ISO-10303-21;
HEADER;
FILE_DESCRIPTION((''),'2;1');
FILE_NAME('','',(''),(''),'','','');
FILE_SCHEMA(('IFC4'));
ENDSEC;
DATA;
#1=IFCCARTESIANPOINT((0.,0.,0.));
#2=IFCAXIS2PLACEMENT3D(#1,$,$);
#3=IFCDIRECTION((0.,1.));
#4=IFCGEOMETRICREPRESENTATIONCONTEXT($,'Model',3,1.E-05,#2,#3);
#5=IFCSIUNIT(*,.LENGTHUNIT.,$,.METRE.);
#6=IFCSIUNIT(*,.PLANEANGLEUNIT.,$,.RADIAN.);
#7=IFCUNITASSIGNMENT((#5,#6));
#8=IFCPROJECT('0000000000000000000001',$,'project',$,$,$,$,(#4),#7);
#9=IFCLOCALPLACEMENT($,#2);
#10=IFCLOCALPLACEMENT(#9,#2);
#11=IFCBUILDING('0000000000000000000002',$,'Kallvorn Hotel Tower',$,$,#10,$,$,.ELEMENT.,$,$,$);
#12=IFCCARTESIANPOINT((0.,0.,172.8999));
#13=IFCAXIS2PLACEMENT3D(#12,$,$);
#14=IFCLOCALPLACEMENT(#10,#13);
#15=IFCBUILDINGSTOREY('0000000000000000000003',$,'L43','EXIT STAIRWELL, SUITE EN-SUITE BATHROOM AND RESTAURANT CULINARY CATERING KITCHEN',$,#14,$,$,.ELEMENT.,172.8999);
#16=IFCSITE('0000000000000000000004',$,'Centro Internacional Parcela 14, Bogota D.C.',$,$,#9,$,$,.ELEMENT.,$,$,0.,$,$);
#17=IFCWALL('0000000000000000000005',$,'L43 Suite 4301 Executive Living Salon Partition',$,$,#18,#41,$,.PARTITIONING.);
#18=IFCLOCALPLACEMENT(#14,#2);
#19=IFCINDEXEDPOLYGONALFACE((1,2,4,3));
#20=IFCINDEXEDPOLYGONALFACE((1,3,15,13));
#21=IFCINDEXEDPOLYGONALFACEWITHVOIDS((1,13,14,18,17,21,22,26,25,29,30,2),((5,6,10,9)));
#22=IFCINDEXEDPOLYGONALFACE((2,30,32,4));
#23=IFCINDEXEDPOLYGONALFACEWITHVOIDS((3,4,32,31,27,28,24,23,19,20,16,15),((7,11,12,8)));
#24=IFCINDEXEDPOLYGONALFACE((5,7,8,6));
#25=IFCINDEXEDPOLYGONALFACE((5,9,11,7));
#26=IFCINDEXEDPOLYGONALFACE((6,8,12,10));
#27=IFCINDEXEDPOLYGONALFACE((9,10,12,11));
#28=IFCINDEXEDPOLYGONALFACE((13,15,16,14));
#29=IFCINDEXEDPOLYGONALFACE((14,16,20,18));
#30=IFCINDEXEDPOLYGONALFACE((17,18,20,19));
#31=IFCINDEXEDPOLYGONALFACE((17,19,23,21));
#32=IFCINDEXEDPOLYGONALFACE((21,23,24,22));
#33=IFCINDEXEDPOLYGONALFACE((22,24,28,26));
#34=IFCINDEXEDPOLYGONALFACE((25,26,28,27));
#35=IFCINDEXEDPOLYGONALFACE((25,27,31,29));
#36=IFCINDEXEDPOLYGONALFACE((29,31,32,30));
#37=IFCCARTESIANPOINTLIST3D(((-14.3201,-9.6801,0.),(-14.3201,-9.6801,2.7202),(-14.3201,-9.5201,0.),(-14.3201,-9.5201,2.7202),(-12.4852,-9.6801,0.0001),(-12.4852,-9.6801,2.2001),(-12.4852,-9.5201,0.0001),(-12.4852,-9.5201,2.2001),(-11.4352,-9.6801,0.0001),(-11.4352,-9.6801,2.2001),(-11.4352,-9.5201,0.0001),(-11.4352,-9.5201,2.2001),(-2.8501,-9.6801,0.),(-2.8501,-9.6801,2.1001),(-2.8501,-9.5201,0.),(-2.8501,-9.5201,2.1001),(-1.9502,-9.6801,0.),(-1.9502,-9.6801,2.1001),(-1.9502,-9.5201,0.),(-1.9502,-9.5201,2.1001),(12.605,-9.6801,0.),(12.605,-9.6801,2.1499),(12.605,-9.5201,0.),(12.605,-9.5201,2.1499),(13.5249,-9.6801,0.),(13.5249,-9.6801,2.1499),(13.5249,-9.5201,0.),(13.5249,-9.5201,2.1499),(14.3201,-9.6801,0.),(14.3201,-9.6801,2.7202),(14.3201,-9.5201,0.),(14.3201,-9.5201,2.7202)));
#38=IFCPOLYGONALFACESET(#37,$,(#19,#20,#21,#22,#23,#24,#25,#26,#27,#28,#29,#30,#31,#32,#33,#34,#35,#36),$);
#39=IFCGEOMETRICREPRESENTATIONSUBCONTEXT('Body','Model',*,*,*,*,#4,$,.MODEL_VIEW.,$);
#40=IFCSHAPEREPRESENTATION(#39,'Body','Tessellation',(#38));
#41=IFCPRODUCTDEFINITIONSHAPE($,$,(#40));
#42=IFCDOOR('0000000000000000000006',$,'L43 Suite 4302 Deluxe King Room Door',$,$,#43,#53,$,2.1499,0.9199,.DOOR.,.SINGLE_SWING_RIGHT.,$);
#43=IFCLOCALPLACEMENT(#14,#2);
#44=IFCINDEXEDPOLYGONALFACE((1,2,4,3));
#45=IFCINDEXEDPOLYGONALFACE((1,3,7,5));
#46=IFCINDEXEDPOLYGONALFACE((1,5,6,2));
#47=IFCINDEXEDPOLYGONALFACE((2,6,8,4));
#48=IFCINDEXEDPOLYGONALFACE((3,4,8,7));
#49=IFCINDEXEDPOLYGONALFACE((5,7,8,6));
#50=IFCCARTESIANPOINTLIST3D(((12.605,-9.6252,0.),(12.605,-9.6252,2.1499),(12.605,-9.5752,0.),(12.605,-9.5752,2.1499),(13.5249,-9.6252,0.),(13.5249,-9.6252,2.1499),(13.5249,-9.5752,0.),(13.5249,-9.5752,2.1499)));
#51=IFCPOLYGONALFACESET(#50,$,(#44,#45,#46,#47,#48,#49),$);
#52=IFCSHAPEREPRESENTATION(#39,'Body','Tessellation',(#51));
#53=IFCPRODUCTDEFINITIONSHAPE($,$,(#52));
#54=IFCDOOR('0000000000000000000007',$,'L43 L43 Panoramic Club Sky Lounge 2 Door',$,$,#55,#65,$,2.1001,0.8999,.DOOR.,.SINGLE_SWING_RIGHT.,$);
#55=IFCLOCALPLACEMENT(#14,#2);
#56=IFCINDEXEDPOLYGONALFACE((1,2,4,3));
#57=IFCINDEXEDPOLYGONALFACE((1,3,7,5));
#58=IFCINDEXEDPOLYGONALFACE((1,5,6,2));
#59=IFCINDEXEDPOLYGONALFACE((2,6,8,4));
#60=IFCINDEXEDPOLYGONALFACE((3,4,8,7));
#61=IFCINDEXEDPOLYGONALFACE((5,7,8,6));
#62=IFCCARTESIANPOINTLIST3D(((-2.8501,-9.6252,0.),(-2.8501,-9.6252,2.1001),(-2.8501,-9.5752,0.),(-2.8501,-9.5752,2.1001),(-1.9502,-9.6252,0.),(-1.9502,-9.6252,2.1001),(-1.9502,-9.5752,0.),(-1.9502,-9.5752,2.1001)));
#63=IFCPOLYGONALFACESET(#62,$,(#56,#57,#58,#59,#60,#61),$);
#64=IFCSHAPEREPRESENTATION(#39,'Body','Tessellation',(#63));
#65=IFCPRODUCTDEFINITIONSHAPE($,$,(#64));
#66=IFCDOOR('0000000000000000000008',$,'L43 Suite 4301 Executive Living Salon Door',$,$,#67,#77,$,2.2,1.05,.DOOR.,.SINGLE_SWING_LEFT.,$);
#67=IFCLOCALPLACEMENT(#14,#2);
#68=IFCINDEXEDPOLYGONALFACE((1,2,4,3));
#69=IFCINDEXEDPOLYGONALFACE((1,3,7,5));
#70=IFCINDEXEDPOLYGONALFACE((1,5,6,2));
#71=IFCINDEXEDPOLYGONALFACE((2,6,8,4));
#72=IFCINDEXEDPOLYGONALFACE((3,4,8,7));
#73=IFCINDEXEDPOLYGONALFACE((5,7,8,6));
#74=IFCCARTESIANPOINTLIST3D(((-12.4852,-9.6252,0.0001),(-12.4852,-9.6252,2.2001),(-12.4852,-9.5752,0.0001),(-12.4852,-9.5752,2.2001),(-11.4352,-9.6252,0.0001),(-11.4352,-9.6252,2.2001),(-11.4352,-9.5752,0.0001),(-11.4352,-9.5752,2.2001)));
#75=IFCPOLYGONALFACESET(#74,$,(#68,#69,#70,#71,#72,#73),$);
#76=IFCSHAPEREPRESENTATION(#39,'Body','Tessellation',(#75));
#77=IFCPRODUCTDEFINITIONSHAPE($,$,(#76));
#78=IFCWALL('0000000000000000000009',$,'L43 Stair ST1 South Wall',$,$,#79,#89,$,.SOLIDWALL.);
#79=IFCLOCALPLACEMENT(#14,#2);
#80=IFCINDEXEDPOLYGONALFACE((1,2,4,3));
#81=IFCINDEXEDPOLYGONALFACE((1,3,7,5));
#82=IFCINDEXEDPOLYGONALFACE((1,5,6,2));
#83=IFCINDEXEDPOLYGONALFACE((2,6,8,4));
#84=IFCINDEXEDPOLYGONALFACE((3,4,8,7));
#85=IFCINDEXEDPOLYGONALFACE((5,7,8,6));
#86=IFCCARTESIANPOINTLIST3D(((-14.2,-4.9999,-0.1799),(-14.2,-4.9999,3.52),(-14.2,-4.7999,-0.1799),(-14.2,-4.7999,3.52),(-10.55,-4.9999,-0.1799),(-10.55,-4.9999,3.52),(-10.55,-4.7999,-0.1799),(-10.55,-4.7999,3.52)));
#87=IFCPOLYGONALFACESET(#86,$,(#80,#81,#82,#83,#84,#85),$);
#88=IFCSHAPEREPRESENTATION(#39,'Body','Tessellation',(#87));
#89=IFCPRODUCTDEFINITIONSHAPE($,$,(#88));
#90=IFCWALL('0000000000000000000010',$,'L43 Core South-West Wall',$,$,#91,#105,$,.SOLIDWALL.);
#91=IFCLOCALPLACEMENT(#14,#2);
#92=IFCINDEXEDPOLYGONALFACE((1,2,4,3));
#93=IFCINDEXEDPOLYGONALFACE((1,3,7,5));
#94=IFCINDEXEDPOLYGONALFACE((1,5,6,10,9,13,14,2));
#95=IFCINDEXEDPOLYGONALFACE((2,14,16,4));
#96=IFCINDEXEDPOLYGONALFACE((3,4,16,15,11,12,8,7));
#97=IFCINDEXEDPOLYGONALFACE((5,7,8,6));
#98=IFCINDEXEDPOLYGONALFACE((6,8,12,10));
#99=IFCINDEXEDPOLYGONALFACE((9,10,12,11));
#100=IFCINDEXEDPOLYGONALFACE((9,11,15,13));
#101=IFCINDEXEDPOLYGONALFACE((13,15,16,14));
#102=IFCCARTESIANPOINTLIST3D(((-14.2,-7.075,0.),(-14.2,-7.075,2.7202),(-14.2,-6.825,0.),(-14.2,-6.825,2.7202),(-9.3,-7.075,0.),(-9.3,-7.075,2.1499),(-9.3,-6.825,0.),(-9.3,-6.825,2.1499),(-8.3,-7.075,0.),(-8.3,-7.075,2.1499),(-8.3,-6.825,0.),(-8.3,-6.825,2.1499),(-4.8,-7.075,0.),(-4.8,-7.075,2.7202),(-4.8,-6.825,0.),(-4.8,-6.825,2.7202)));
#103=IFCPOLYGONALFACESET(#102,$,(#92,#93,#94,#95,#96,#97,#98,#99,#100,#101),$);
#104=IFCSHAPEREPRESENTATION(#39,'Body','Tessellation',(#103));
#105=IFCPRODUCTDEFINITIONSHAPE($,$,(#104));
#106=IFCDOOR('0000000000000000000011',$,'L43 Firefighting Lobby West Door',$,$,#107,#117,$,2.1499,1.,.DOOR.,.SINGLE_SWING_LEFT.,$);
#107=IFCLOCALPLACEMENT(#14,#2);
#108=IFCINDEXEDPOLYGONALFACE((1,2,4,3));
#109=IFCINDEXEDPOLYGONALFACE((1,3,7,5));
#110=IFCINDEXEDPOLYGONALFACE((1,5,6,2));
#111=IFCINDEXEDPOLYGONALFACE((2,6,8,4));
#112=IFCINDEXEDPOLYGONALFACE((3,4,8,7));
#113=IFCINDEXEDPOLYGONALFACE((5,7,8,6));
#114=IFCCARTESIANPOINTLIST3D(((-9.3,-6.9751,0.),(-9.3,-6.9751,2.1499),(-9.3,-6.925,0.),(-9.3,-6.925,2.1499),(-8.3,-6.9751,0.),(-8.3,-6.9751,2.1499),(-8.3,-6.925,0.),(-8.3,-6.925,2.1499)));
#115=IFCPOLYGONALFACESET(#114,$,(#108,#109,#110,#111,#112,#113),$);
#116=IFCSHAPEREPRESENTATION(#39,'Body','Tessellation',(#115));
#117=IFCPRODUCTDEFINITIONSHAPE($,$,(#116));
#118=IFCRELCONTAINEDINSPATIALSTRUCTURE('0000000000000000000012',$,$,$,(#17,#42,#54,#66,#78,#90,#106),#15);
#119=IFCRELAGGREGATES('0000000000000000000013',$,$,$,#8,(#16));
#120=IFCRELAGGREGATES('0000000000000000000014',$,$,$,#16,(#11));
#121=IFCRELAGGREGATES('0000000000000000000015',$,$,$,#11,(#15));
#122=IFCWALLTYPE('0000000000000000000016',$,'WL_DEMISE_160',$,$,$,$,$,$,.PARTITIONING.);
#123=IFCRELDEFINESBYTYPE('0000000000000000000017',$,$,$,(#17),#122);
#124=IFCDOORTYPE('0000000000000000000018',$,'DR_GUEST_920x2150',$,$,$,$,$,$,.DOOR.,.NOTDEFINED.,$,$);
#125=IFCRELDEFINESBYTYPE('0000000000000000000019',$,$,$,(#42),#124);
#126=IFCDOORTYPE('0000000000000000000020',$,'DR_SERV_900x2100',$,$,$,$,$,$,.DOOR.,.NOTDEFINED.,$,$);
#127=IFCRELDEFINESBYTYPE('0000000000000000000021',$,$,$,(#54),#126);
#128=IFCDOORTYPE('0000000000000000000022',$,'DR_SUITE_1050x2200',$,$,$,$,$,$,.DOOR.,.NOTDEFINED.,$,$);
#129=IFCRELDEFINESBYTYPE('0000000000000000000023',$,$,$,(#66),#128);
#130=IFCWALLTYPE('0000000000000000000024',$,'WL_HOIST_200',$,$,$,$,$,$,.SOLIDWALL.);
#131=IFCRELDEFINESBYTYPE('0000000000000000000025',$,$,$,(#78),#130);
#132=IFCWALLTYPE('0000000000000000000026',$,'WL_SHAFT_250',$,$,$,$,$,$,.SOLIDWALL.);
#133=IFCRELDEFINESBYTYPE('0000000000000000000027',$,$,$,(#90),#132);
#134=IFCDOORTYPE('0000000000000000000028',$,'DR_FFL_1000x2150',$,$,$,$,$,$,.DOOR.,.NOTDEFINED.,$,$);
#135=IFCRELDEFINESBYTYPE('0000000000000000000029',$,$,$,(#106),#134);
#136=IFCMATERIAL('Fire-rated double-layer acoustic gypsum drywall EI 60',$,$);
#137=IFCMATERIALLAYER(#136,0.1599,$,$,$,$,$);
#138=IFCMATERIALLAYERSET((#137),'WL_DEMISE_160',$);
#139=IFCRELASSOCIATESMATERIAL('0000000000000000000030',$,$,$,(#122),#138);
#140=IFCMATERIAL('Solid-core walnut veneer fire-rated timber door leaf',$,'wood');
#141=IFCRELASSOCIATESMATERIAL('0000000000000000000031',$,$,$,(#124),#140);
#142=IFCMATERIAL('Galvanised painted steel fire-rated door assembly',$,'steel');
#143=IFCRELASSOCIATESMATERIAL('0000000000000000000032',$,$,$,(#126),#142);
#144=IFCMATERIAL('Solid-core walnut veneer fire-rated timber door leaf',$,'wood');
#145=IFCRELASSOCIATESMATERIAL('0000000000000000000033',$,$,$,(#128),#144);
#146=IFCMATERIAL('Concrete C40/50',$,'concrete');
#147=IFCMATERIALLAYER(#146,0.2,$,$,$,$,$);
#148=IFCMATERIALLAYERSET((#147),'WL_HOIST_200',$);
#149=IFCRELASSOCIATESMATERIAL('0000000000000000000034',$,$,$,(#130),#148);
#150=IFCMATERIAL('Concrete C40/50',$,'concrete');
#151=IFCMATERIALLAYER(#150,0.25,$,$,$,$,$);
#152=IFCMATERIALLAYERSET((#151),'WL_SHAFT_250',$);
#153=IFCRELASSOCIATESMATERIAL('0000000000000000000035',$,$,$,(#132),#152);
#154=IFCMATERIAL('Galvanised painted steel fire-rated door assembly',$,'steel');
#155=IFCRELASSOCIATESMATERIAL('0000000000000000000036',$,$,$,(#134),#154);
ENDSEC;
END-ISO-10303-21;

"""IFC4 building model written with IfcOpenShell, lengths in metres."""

from ifc_helpers import new_model, si_unit, direction, frame, frame_2d, origin, place, context, subcontext, project, spatial, rectangle, extrude, material, layer, layer_set, type_object, element, fill, save


model = new_model("IFC4")

# Units and contexts
model_context = context("Model", 3, precision=1e-05, world=origin(), true_north=direction((0.0, 1.0)))
body_context = subcontext(model_context, "Body", "Model", "MODEL_VIEW")
ifc_project = project(units=[si_unit("LENGTHUNIT", "METRE"), si_unit("PLANEANGLEUNIT", "RADIAN")], contexts=[model_context])

# Site, building, storey
site_placement = place(None, origin())
site = spatial("IfcSite", under=ifc_project, at=site_placement, Name="Centro Internacional Parcela 14, Bogota D.C.", CompositionType="ELEMENT", RefElevation=0.0)
building_placement = place(site_placement, origin())
building = spatial("IfcBuilding", under=site, at=building_placement, Name="Kallvorn Hotel Tower", CompositionType="ELEMENT")
storey_placement = place(building_placement, frame((0.0, 0.0, 172.8999)))
storey = spatial("IfcBuildingStorey", under=building, at=storey_placement, Name="L43", Description="EXIT STAIRWELL, SUITE EN-SUITE BATHROOM AND RESTAURANT CULINARY CATERING KITCHEN", CompositionType="ELEMENT", Elevation=172.8999)

# Wall, openings, doors
ifc_material_1 = material(Name="Fire-rated double-layer acoustic gypsum drywall EI 60")
ifc_layer_1 = layer(ifc_material_1, 0.1599)
ifc_layer_set_1 = layer_set([ifc_layer_1], Name="WL_DEMISE_160")
wall_type_1 = type_object("IfcWallType", Name="WL_DEMISE_160", PredefinedType="PARTITIONING", material=ifc_layer_set_1)
wall_1_placement = place(storey_placement, frame((-14.3201, -9.6001, 0.0), z_axis=(0.0, 0.0, 1.0), x_axis=(1.0, 0.0, 0.0)))
wall_1 = element("IfcWall", 1, at=wall_1_placement, inside=storey, type_object=wall_type_1, Name="L43 Suite 4301 Executive Living Salon Partition", PredefinedType="PARTITIONING", context=body_context, shape_type="SweptSolid", body=[
    extrude(rectangle(XDim=28.6401, YDim=0.1599, at=frame_2d((14.3201, 0.0))), origin(), (0.0, 0.0, 1.0), 2.7202),
])
opening_1_placement = place(wall_1_placement, frame((1.835, 0.0, 0.0)))
opening_1 = element("IfcOpeningElement", 2, at=opening_1_placement, cuts=wall_1, PredefinedType="OPENING", context=body_context, shape_type="SweptSolid", body=[
    extrude(rectangle(XDim=1.05, YDim=2.2, at=frame_2d((0.5249, 1.1001))), frame((0.0, 0.095, 0.0), z_axis=(0.0, -1.0, 0.0), x_axis=(1.0, 0.0, 0.0)), (0.0, 0.0, 1.0), 0.1899),
])
opening_2_placement = place(wall_1_placement, frame((11.47, 0.0, 0.0)))
opening_2 = element("IfcOpeningElement", 3, at=opening_2_placement, cuts=wall_1, PredefinedType="OPENING", context=body_context, shape_type="SweptSolid", body=[
    extrude(rectangle(XDim=0.8999, YDim=2.1001, at=frame_2d((0.45, 1.05))), frame((0.0, 0.095, 0.0), z_axis=(0.0, -1.0, 0.0), x_axis=(1.0, 0.0, 0.0)), (0.0, 0.0, 1.0), 0.1899),
])
opening_3_placement = place(wall_1_placement, frame((26.925, 0.0, 0.0)))
opening_3 = element("IfcOpeningElement", 4, at=opening_3_placement, cuts=wall_1, PredefinedType="OPENING", context=body_context, shape_type="SweptSolid", body=[
    extrude(rectangle(XDim=0.9199, YDim=2.1499, at=frame_2d((0.46, 1.075))), frame((0.0, 0.095, 0.0), z_axis=(0.0, -1.0, 0.0), x_axis=(1.0, 0.0, 0.0)), (0.0, 0.0, 1.0), 0.1899),
])
ifc_material_2 = material(Name="Solid-core walnut veneer fire-rated timber door leaf", Category="wood")
door_type_1 = type_object("IfcDoorType", Name="DR_GUEST_920x2150", OperationType="NOTDEFINED", PredefinedType="DOOR", material=ifc_material_2)
door_1_placement = place(opening_3_placement, origin())
door_1 = element("IfcDoor", 5, at=door_1_placement, inside=storey, type_object=door_type_1, Name="L43 Suite 4302 Deluxe King Room Door", OperationType="SINGLE_SWING_RIGHT", OverallHeight=2.1499, OverallWidth=0.9199, PredefinedType="DOOR", context=body_context, shape_type="SweptSolid", body=[
    extrude(rectangle(XDim=0.9199, YDim=2.1499, at=frame_2d((0.46, 1.075))), frame((0.0, 0.0249, 0.0), z_axis=(0.0, -1.0, 0.0), x_axis=(1.0, 0.0, 0.0)), (0.0, 0.0, 1.0), 0.05),
])
fill(opening_3, door_1)
ifc_material_3 = material(Name="Galvanised painted steel fire-rated door assembly", Category="steel")
door_type_2 = type_object("IfcDoorType", Name="DR_SERV_900x2100", OperationType="NOTDEFINED", PredefinedType="DOOR", material=ifc_material_3)
door_2_placement = place(opening_2_placement, origin())
door_2 = element("IfcDoor", 6, at=door_2_placement, inside=storey, type_object=door_type_2, Name="L43 L43 Panoramic Club Sky Lounge 2 Door", OperationType="SINGLE_SWING_RIGHT", OverallHeight=2.1001, OverallWidth=0.8999, PredefinedType="DOOR", context=body_context, shape_type="SweptSolid", body=[
    extrude(rectangle(XDim=0.8999, YDim=2.1001, at=frame_2d((0.45, 1.05))), frame((0.0, 0.0249, 0.0), z_axis=(0.0, -1.0, 0.0), x_axis=(1.0, 0.0, 0.0)), (0.0, 0.0, 1.0), 0.05),
])
fill(opening_2, door_2)
ifc_material_4 = material(Name="Solid-core walnut veneer fire-rated timber door leaf", Category="wood")
door_type_3 = type_object("IfcDoorType", Name="DR_SUITE_1050x2200", OperationType="NOTDEFINED", PredefinedType="DOOR", material=ifc_material_4)
door_3_placement = place(opening_1_placement, origin())
door_3 = element("IfcDoor", 7, at=door_3_placement, inside=storey, type_object=door_type_3, Name="L43 Suite 4301 Executive Living Salon Door", OperationType="SINGLE_SWING_LEFT", OverallHeight=2.2, OverallWidth=1.05, PredefinedType="DOOR", context=body_context, shape_type="SweptSolid", body=[
    extrude(rectangle(XDim=1.05, YDim=2.2, at=frame_2d((0.5249, 1.1001))), frame((0.0, 0.0249, 0.0), z_axis=(0.0, -1.0, 0.0), x_axis=(1.0, 0.0, 0.0)), (0.0, 0.0, 1.0), 0.05),
])
fill(opening_1, door_3)

# Wall
ifc_material_5 = material(Name="Concrete C40/50", Category="concrete")
ifc_layer_2 = layer(ifc_material_5, 0.2)
ifc_layer_set_2 = layer_set([ifc_layer_2], Name="WL_HOIST_200")
wall_type_2 = type_object("IfcWallType", Name="WL_HOIST_200", PredefinedType="SOLIDWALL", material=ifc_layer_set_2)
wall_2_placement = place(storey_placement, frame((-14.2, -4.8999, -0.1799), z_axis=(0.0, 0.0, 1.0), x_axis=(1.0, 0.0, 0.0)))
element("IfcWall", 8, at=wall_2_placement, inside=storey, type_object=wall_type_2, Name="L43 Stair ST1 South Wall", PredefinedType="SOLIDWALL", context=body_context, shape_type="SweptSolid", body=[
    extrude(rectangle(XDim=3.6499, YDim=0.2, at=frame_2d((1.825, 0.0))), origin(), (0.0, 0.0, 1.0), 3.7),
])

# Wall, opening, door
ifc_material_6 = material(Name="Concrete C40/50", Category="concrete")
ifc_layer_3 = layer(ifc_material_6, 0.25)
ifc_layer_set_3 = layer_set([ifc_layer_3], Name="WL_SHAFT_250")
wall_type_3 = type_object("IfcWallType", Name="WL_SHAFT_250", PredefinedType="SOLIDWALL", material=ifc_layer_set_3)
wall_3_placement = place(storey_placement, frame((-14.2, -6.95, 0.0), z_axis=(0.0, 0.0, 1.0), x_axis=(1.0, 0.0, 0.0)))
wall_3 = element("IfcWall", 9, at=wall_3_placement, inside=storey, type_object=wall_type_3, Name="L43 Core South-West Wall", PredefinedType="SOLIDWALL", context=body_context, shape_type="SweptSolid", body=[
    extrude(rectangle(XDim=9.3999, YDim=0.25, at=frame_2d((4.7, 0.0))), origin(), (0.0, 0.0, 1.0), 2.7202),
])
opening_4_placement = place(wall_3_placement, frame((4.8999, 0.0, 0.0)))
opening_4 = element("IfcOpeningElement", 10, at=opening_4_placement, cuts=wall_3, PredefinedType="OPENING", context=body_context, shape_type="SweptSolid", body=[
    extrude(rectangle(XDim=1.0, YDim=2.1499, at=frame_2d((0.5, 1.075))), frame((0.0, 0.1399, 0.0), z_axis=(0.0, -1.0, 0.0), x_axis=(1.0, 0.0, 0.0)), (0.0, 0.0, 1.0), 0.28),
])
ifc_material_7 = material(Name="Galvanised painted steel fire-rated door assembly", Category="steel")
door_type_4 = type_object("IfcDoorType", Name="DR_FFL_1000x2150", OperationType="NOTDEFINED", PredefinedType="DOOR", material=ifc_material_7)
door_4_placement = place(opening_4_placement, origin())
door_4 = element("IfcDoor", 11, at=door_4_placement, inside=storey, type_object=door_type_4, Name="L43 Firefighting Lobby West Door", OperationType="SINGLE_SWING_LEFT", OverallHeight=2.1499, OverallWidth=1.0, PredefinedType="DOOR", context=body_context, shape_type="SweptSolid", body=[
    extrude(rectangle(XDim=1.0, YDim=2.1499, at=frame_2d((0.5, 1.075))), frame((0.0, 0.0249, 0.0), z_axis=(0.0, -1.0, 0.0), x_axis=(1.0, 0.0, 0.0)), (0.0, 0.0, 1.0), 0.05),
])
fill(opening_4, door_4)

save(model, "model.ifc")
